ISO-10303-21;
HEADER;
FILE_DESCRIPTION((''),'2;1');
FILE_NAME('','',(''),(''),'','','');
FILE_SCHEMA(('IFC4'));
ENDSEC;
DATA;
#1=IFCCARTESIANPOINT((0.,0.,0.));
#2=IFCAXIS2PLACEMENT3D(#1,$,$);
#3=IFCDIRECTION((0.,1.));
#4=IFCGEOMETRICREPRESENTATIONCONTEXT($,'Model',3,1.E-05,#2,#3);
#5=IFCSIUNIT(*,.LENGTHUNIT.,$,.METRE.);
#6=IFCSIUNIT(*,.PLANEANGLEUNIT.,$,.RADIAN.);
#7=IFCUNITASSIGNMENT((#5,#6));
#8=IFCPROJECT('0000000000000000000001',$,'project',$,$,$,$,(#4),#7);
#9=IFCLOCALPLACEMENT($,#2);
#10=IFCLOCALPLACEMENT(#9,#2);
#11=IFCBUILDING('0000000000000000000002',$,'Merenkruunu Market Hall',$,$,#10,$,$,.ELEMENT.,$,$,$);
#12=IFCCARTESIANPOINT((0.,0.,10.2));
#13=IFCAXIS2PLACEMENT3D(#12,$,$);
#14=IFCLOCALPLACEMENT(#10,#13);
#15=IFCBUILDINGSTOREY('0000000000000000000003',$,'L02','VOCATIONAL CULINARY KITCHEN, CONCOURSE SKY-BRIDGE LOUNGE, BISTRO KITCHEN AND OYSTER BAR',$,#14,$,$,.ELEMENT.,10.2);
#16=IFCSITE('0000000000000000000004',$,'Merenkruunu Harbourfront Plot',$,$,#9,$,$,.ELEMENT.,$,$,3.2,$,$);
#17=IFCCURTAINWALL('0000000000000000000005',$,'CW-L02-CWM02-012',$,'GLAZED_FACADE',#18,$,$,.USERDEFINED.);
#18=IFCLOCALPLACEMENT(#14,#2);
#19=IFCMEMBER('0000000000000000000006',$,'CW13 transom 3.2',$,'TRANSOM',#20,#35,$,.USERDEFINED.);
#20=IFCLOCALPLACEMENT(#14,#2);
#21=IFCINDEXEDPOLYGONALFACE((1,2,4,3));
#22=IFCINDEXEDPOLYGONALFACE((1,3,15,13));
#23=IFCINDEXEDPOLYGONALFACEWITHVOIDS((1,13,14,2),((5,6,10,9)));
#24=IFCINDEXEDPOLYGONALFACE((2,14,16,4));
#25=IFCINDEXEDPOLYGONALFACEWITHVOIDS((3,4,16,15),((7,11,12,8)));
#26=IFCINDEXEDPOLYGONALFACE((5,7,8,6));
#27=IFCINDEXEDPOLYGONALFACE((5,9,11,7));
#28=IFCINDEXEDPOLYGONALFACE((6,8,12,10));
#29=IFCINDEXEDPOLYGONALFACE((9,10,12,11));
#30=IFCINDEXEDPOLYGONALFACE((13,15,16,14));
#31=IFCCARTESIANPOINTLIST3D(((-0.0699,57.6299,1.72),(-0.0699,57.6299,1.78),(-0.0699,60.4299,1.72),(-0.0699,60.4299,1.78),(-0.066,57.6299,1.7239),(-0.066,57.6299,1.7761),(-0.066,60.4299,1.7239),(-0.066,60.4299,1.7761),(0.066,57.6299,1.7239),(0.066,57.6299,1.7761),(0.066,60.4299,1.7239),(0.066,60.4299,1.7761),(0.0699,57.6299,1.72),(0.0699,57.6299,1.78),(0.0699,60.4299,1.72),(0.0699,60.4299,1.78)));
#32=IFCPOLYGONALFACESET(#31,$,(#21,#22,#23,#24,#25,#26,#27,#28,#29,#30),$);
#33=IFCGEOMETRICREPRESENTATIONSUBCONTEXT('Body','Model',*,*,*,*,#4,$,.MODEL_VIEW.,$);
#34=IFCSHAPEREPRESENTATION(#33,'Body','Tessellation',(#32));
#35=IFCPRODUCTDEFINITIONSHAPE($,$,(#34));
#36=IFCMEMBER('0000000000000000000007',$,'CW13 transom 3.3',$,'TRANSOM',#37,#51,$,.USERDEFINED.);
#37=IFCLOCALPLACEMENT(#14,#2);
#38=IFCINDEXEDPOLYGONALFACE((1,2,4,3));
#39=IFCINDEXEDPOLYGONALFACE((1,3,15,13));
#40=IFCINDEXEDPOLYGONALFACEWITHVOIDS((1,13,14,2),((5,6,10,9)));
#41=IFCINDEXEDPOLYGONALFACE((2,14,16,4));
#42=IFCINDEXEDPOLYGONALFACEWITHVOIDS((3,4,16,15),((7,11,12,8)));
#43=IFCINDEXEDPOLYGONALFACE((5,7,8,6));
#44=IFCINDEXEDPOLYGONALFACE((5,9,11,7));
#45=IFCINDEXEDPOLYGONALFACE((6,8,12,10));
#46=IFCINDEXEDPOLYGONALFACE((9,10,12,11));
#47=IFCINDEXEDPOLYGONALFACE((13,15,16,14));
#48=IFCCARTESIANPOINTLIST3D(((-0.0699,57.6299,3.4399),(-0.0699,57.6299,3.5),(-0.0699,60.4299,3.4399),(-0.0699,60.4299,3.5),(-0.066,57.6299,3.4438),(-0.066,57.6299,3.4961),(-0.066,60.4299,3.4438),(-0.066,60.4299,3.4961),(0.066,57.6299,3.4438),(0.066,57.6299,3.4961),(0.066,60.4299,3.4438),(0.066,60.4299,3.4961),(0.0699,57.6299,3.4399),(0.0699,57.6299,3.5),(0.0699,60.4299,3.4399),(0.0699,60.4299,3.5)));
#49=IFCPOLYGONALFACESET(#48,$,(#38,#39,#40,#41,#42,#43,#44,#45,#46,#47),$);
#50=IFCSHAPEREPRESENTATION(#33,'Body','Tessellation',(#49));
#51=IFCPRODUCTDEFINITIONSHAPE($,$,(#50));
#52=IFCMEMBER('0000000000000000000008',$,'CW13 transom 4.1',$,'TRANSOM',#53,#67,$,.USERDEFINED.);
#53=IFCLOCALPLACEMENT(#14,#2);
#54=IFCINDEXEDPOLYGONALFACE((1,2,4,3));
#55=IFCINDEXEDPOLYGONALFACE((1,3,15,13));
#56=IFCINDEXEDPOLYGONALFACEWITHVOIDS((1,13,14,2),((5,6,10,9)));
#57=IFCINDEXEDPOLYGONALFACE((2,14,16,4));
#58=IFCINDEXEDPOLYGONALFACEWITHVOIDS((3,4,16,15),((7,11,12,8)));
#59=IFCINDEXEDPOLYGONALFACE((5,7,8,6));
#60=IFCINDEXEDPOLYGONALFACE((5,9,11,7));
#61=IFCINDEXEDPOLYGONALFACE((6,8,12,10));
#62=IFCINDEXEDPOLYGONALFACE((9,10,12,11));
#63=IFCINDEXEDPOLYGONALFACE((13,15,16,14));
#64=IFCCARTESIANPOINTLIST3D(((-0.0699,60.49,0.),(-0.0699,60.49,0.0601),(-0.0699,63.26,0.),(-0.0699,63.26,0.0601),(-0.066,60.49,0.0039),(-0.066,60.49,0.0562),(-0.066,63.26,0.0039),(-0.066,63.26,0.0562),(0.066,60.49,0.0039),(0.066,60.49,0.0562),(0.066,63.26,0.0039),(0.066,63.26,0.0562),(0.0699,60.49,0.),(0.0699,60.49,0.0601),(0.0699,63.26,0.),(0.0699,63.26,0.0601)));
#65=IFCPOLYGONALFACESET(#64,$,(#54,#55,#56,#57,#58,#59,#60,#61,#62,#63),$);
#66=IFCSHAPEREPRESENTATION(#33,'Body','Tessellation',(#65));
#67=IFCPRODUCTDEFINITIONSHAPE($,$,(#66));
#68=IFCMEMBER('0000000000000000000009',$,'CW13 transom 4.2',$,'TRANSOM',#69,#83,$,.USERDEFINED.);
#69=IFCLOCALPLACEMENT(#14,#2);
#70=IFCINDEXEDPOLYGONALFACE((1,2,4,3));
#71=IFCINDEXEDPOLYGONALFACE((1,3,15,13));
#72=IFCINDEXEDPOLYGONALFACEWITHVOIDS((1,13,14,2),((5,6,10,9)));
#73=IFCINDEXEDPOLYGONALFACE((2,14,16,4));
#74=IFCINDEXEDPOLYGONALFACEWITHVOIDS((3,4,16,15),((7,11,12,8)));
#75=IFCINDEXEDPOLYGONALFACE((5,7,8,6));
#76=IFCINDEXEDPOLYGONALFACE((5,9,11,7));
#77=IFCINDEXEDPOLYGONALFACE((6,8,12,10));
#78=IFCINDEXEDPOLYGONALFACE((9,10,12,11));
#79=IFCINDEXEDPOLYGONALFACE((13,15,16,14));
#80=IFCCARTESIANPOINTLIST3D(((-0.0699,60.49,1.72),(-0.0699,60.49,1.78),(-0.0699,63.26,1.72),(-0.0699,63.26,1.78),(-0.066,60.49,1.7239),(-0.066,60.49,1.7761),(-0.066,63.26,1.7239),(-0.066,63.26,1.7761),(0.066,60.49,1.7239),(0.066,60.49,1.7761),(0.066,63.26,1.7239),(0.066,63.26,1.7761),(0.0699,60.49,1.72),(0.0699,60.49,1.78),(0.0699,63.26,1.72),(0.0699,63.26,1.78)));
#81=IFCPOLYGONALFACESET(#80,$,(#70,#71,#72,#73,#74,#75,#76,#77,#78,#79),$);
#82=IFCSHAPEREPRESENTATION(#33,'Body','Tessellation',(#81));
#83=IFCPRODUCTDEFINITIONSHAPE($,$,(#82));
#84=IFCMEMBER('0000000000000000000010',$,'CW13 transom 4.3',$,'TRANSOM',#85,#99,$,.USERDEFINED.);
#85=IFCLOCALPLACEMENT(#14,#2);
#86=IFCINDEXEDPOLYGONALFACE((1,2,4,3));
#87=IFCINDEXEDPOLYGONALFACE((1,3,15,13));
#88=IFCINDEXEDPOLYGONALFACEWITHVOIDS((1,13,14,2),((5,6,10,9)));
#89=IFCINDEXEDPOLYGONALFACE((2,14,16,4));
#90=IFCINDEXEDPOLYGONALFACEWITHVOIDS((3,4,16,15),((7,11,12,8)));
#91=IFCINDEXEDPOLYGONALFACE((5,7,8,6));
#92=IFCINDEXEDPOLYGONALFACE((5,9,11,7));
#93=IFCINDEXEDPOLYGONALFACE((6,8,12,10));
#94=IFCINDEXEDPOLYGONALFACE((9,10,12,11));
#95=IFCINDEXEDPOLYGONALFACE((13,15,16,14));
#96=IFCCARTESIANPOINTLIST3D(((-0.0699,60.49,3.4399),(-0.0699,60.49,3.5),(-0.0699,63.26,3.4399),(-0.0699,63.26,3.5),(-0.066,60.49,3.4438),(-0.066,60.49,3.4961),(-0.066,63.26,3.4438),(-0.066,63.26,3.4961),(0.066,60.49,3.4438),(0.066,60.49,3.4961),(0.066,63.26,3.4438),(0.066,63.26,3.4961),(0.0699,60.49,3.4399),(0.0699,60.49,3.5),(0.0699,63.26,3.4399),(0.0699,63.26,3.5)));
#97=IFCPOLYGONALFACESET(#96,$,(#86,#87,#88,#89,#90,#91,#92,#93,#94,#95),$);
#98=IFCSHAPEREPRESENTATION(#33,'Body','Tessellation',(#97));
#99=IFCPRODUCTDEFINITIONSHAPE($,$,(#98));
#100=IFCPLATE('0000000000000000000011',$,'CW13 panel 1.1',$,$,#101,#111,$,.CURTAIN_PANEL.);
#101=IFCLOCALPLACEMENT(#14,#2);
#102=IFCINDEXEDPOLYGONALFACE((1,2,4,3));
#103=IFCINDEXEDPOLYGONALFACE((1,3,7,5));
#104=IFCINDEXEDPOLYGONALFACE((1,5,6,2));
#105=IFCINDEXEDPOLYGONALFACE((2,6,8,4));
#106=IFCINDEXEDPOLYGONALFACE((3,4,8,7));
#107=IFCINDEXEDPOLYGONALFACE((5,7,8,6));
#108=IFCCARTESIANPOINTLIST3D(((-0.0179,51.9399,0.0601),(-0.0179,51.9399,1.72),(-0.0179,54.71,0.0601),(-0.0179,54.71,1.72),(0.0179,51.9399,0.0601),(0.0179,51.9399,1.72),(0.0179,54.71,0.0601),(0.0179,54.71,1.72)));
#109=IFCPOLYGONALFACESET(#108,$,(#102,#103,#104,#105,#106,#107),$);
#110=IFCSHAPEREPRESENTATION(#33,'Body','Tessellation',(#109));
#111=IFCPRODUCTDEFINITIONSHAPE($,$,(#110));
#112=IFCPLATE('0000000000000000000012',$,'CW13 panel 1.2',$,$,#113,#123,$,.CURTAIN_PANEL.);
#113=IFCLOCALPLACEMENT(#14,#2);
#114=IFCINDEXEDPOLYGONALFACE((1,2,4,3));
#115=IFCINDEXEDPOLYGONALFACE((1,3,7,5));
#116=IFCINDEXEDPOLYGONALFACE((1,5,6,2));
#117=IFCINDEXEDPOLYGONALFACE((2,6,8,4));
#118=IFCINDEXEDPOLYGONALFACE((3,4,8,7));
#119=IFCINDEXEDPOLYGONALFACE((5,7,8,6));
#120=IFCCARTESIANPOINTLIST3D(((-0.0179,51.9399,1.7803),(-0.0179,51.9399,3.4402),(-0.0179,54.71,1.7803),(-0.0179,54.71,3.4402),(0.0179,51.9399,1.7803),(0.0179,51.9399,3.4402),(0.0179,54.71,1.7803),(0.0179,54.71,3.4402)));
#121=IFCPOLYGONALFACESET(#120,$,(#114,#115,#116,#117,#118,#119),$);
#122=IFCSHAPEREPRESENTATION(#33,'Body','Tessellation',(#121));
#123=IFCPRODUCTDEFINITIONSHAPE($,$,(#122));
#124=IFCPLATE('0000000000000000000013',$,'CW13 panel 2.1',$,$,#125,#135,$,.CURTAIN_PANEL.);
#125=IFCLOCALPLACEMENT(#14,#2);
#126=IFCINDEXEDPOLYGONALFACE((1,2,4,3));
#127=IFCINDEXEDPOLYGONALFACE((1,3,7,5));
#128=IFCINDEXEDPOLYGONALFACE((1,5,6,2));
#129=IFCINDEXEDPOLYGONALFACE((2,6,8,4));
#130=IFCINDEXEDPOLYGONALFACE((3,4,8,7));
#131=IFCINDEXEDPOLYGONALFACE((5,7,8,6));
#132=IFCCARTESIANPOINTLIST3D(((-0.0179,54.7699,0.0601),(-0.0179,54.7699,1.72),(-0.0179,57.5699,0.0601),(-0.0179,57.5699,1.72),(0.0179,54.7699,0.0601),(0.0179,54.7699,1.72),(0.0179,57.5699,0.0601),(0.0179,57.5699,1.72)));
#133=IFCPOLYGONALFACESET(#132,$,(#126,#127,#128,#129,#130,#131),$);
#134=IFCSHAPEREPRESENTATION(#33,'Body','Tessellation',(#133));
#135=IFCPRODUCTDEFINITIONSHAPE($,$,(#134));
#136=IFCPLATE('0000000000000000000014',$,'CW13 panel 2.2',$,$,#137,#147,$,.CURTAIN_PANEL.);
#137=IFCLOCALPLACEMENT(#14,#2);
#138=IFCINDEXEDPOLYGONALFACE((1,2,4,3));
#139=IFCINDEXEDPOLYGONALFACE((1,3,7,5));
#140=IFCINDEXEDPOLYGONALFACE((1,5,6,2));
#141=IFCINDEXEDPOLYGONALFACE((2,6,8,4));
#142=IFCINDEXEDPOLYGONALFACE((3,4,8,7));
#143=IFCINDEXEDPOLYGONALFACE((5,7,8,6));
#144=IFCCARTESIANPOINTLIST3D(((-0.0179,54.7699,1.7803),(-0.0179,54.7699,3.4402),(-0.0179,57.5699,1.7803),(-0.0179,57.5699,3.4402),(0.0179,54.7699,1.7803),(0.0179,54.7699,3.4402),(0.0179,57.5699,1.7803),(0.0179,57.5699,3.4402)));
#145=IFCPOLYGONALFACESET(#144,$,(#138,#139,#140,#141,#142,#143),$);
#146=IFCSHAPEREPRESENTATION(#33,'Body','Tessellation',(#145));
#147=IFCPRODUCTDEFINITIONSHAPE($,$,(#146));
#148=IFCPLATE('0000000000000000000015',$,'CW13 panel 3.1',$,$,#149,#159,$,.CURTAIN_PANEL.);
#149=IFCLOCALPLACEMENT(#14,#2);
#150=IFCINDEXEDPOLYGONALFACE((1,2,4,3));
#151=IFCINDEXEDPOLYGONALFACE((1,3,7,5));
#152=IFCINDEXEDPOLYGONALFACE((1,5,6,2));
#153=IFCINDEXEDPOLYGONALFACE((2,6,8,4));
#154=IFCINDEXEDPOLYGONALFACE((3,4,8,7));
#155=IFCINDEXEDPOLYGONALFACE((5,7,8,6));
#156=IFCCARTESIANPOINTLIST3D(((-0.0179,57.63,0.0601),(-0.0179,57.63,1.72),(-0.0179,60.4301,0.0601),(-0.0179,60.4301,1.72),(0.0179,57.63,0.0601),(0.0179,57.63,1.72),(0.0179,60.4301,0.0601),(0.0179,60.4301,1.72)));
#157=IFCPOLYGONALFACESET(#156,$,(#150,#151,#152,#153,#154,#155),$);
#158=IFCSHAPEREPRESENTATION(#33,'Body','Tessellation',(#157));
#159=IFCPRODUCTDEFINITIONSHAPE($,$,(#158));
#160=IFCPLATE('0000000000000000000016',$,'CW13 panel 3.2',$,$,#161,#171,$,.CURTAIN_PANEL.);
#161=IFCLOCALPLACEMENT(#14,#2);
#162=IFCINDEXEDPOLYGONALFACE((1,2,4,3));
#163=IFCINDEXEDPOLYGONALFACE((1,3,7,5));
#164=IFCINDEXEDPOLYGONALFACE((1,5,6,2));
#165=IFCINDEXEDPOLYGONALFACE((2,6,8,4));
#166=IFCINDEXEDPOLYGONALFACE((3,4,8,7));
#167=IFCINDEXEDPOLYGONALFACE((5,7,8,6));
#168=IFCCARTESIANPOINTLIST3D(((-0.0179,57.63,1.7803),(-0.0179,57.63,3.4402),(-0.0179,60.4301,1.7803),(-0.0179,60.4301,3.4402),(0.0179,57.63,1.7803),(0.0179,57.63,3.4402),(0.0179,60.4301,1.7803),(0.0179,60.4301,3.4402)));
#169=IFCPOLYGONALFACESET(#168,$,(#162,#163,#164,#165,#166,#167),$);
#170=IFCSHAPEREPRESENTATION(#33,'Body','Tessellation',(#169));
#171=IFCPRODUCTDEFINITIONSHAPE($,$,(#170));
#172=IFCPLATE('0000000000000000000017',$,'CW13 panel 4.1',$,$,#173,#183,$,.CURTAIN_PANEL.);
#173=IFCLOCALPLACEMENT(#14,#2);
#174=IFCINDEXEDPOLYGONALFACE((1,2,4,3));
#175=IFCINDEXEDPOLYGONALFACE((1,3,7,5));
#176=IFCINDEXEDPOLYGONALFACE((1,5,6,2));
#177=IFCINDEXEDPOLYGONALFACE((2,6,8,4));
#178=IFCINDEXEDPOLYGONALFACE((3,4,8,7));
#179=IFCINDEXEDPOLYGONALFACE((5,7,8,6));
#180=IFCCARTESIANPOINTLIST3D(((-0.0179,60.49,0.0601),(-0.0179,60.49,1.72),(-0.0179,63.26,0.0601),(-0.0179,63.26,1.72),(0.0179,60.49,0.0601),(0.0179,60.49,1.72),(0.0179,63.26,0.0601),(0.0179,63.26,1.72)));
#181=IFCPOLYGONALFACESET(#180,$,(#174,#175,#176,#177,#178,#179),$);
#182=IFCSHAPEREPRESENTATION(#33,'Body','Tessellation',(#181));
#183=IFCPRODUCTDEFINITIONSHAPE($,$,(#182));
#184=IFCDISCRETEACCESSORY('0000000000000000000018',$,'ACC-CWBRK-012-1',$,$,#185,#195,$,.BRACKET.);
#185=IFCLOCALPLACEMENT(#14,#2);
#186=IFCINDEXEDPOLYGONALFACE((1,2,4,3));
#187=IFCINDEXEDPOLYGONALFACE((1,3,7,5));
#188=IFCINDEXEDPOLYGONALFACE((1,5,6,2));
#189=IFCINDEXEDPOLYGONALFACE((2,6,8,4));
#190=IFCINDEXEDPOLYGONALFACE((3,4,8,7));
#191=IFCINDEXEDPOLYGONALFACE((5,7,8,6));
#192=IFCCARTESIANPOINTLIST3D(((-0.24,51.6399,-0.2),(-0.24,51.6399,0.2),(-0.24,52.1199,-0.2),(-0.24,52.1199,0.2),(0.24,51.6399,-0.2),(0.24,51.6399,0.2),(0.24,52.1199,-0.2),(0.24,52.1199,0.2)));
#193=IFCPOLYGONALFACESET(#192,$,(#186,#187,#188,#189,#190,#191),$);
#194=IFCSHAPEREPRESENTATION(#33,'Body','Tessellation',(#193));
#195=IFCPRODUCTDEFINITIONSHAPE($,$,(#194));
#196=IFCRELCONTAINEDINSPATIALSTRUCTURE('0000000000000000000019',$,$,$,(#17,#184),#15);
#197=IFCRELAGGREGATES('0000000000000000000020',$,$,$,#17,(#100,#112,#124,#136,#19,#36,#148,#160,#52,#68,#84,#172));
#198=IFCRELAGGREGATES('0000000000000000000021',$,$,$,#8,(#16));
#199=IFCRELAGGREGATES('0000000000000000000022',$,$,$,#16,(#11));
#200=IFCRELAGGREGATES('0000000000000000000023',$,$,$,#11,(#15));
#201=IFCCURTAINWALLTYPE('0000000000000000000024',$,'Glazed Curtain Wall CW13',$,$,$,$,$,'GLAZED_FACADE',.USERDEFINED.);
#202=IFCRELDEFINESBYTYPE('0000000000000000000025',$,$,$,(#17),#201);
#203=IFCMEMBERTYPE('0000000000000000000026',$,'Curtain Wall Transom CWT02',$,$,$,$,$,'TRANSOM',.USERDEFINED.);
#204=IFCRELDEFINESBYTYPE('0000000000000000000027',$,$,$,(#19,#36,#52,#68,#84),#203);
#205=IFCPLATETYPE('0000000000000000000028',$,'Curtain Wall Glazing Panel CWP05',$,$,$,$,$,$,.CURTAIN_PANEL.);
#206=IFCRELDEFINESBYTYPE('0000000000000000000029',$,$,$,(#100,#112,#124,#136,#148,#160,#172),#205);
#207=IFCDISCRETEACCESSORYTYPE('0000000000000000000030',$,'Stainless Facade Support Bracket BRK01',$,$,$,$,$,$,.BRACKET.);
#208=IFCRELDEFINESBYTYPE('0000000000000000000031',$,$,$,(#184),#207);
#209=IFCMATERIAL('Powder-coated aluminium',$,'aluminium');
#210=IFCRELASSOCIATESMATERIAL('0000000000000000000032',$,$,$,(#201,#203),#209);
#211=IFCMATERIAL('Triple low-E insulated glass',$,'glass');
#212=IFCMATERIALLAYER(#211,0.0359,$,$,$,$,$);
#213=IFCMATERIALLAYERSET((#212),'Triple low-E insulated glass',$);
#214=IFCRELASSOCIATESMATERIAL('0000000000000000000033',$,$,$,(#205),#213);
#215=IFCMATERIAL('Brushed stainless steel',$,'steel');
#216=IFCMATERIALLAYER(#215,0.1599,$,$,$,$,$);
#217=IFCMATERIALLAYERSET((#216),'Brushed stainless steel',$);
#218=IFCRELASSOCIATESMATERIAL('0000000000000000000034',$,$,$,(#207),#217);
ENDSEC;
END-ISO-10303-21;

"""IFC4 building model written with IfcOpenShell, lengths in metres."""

from ifc_helpers import new_model, si_unit, direction, frame, origin, origin_2d, place, context, subcontext, project, spatial, rectangle, hollow_rectangle, extrude, material, layer, layer_set, material_profile, profile_set, type_object, element, aggregate, save


model = new_model("IFC4")

# Units and contexts
model_context = context("Model", 3, precision=1e-05, world=origin(), true_north=direction((0.0, 1.0)))
body_context = subcontext(model_context, "Body", "Model", "MODEL_VIEW")
ifc_project = project(units=[si_unit("LENGTHUNIT", "METRE"), si_unit("PLANEANGLEUNIT", "RADIAN")], contexts=[model_context])

# Site, building, storey
site_placement = place(None, origin())
site = spatial("IfcSite", under=ifc_project, at=site_placement, Name="Merenkruunu Harbourfront Plot", CompositionType="ELEMENT", RefElevation=3.2)
building_placement = place(site_placement, origin())
building = spatial("IfcBuilding", under=site, at=building_placement, Name="Merenkruunu Market Hall", CompositionType="ELEMENT")
storey_placement = place(building_placement, frame((0.0, 0.0, 10.2)))
storey = spatial("IfcBuildingStorey", under=building, at=storey_placement, Name="L02", Description="VOCATIONAL CULINARY KITCHEN, CONCOURSE SKY-BRIDGE LOUNGE, BISTRO KITCHEN AND OYSTER BAR", CompositionType="ELEMENT", Elevation=10.2)

# Curtain wall, members, plates
ifc_material_1 = material(Name="Powder-coated aluminium", Category="aluminium")
curtain_wall_type = type_object("IfcCurtainWallType", Name="Glazed Curtain Wall CW13", ElementType="GLAZED_FACADE", PredefinedType="USERDEFINED", material=ifc_material_1)
curtain_wall_placement = place(storey_placement, origin())
curtain_wall = element("IfcCurtainWall", 1, at=curtain_wall_placement, inside=storey, type_object=curtain_wall_type, Name="CW-L02-CWM02-012", ObjectType="GLAZED_FACADE", PredefinedType="USERDEFINED")
ifc_material_profile_1 = material_profile(ifc_material_1, hollow_rectangle(XDim=0.0601, YDim=0.1399, WallThickness=0.0039, at=origin_2d()), Name="ALU 60x140x4")
ifc_profile_set_1 = profile_set([ifc_material_profile_1], Name="Powder-coated aluminium")
member_type_1 = type_object("IfcMemberType", Name="Curtain Wall Transom CWT02", ElementType="TRANSOM", PredefinedType="USERDEFINED", material=ifc_profile_set_1)
member_1_placement = place(storey_placement, frame((0.0, 57.6299, 1.75), z_axis=(0.0, 1.0, 0.0), x_axis=(0.0, 0.0, 1.0)))
member_1 = element("IfcMember", 2, at=member_1_placement, type_object=member_type_1, Name="CW13 transom 3.2", ObjectType="TRANSOM", PredefinedType="USERDEFINED", context=body_context, shape_type="SweptSolid", body=[
    extrude(hollow_rectangle(XDim=0.0601, YDim=0.1399, WallThickness=0.0039, at=origin_2d()), origin(), (0.0, 0.0, 1.0), 2.8),
])
member_2_placement = place(storey_placement, frame((0.0, 57.6299, 3.47), z_axis=(0.0, 1.0, 0.0), x_axis=(0.0, 0.0, 1.0)))
member_2 = element("IfcMember", 3, at=member_2_placement, type_object=member_type_1, Name="CW13 transom 3.3", ObjectType="TRANSOM", PredefinedType="USERDEFINED", context=body_context, shape_type="SweptSolid", body=[
    extrude(hollow_rectangle(XDim=0.0601, YDim=0.1399, WallThickness=0.0039, at=origin_2d()), origin(), (0.0, 0.0, 1.0), 2.8),
])
member_3_placement = place(storey_placement, frame((0.0, 60.49, 0.03), z_axis=(0.0, 1.0, 0.0), x_axis=(0.0, 0.0, 1.0)))
member_3 = element("IfcMember", 4, at=member_3_placement, type_object=member_type_1, Name="CW13 transom 4.1", ObjectType="TRANSOM", PredefinedType="USERDEFINED", context=body_context, shape_type="SweptSolid", body=[
    extrude(hollow_rectangle(XDim=0.0601, YDim=0.1399, WallThickness=0.0039, at=origin_2d()), origin(), (0.0, 0.0, 1.0), 2.77),
])
member_4_placement = place(storey_placement, frame((0.0, 60.49, 1.75), z_axis=(0.0, 1.0, 0.0), x_axis=(0.0, 0.0, 1.0)))
member_4 = element("IfcMember", 5, at=member_4_placement, type_object=member_type_1, Name="CW13 transom 4.2", ObjectType="TRANSOM", PredefinedType="USERDEFINED", context=body_context, shape_type="SweptSolid", body=[
    extrude(hollow_rectangle(XDim=0.0601, YDim=0.1399, WallThickness=0.0039, at=origin_2d()), origin(), (0.0, 0.0, 1.0), 2.77),
])
member_5_placement = place(storey_placement, frame((0.0, 60.49, 3.47), z_axis=(0.0, 1.0, 0.0), x_axis=(0.0, 0.0, 1.0)))
member_5 = element("IfcMember", 6, at=member_5_placement, type_object=member_type_1, Name="CW13 transom 4.3", ObjectType="TRANSOM", PredefinedType="USERDEFINED", context=body_context, shape_type="SweptSolid", body=[
    extrude(hollow_rectangle(XDim=0.0601, YDim=0.1399, WallThickness=0.0039, at=origin_2d()), origin(), (0.0, 0.0, 1.0), 2.77),
])
ifc_material_2 = material(Name="Triple low-E insulated glass", Category="glass")
ifc_layer_1 = layer(ifc_material_2, 0.0359)
ifc_layer_set_1 = layer_set([ifc_layer_1], Name="Triple low-E insulated glass")
plate_type = type_object("IfcPlateType", Name="Curtain Wall Glazing Panel CWP05", PredefinedType="CURTAIN_PANEL", material=ifc_layer_set_1)
plate_1_placement = place(storey_placement, frame((0.0, 53.325, 0.0601), z_axis=(0.0, 0.0, 1.0), x_axis=(0.0, 1.0, 0.0)))
plate_1 = element("IfcPlate", 7, at=plate_1_placement, type_object=plate_type, Name="CW13 panel 1.1", PredefinedType="CURTAIN_PANEL", context=body_context, shape_type="SweptSolid", body=[
    extrude(rectangle(XDim=2.77, YDim=0.0359, at=origin_2d()), origin(), (0.0, 0.0, 1.0), 1.6599),
])
plate_2_placement = place(storey_placement, frame((0.0, 53.325, 1.7803), z_axis=(0.0, 0.0, 1.0), x_axis=(0.0, 1.0, 0.0)))
plate_2 = element("IfcPlate", 8, at=plate_2_placement, type_object=plate_type, Name="CW13 panel 1.2", PredefinedType="CURTAIN_PANEL", context=body_context, shape_type="SweptSolid", body=[
    extrude(rectangle(XDim=2.77, YDim=0.0359, at=origin_2d()), origin(), (0.0, 0.0, 1.0), 1.6599),
])
plate_3_placement = place(storey_placement, frame((0.0, 56.1699, 0.0601), z_axis=(0.0, 0.0, 1.0), x_axis=(0.0, 1.0, 0.0)))
plate_3 = element("IfcPlate", 9, at=plate_3_placement, type_object=plate_type, Name="CW13 panel 2.1", PredefinedType="CURTAIN_PANEL", context=body_context, shape_type="SweptSolid", body=[
    extrude(rectangle(XDim=2.8, YDim=0.0359, at=origin_2d()), origin(), (0.0, 0.0, 1.0), 1.6599),
])
plate_4_placement = place(storey_placement, frame((0.0, 56.1699, 1.7803), z_axis=(0.0, 0.0, 1.0), x_axis=(0.0, 1.0, 0.0)))
plate_4 = element("IfcPlate", 10, at=plate_4_placement, type_object=plate_type, Name="CW13 panel 2.2", PredefinedType="CURTAIN_PANEL", context=body_context, shape_type="SweptSolid", body=[
    extrude(rectangle(XDim=2.8, YDim=0.0359, at=origin_2d()), origin(), (0.0, 0.0, 1.0), 1.6599),
])
plate_5_placement = place(storey_placement, frame((0.0, 59.03, 0.0601), z_axis=(0.0, 0.0, 1.0), x_axis=(0.0, 1.0, 0.0)))
plate_5 = element("IfcPlate", 11, at=plate_5_placement, type_object=plate_type, Name="CW13 panel 3.1", PredefinedType="CURTAIN_PANEL", context=body_context, shape_type="SweptSolid", body=[
    extrude(rectangle(XDim=2.8, YDim=0.0359, at=origin_2d()), origin(), (0.0, 0.0, 1.0), 1.6599),
])
plate_6_placement = place(storey_placement, frame((0.0, 59.03, 1.7803), z_axis=(0.0, 0.0, 1.0), x_axis=(0.0, 1.0, 0.0)))
plate_6 = element("IfcPlate", 12, at=plate_6_placement, type_object=plate_type, Name="CW13 panel 3.2", PredefinedType="CURTAIN_PANEL", context=body_context, shape_type="SweptSolid", body=[
    extrude(rectangle(XDim=2.8, YDim=0.0359, at=origin_2d()), origin(), (0.0, 0.0, 1.0), 1.6599),
])
plate_7_placement = place(storey_placement, frame((0.0, 61.875, 0.0601), z_axis=(0.0, 0.0, 1.0), x_axis=(0.0, 1.0, 0.0)))
plate_7 = element("IfcPlate", 13, at=plate_7_placement, type_object=plate_type, Name="CW13 panel 4.1", PredefinedType="CURTAIN_PANEL", context=body_context, shape_type="SweptSolid", body=[
    extrude(rectangle(XDim=2.77, YDim=0.0359, at=origin_2d()), origin(), (0.0, 0.0, 1.0), 1.6599),
])
aggregate(curtain_wall, [plate_1, plate_2, plate_3, plate_4, member_1, member_2, plate_5, plate_6, member_3, member_4, member_5, plate_7])

# Discrete accessory
ifc_material_3 = material(Name="Brushed stainless steel", Category="steel")
ifc_layer_2 = layer(ifc_material_3, 0.1599)
ifc_layer_set_2 = layer_set([ifc_layer_2], Name="Brushed stainless steel")
discrete_accessory_type = type_object("IfcDiscreteAccessoryType", Name="Stainless Facade Support Bracket BRK01", PredefinedType="BRACKET", material=ifc_layer_set_2)
for number, where, z_axis, x_axis, name in (
    (14, (0.0, 51.8799, -0.2), (0.0, 0.0, 1.0), (1.0, 0.0, 0.0), "ACC-CWBRK-012-1"),
):
    element("IfcDiscreteAccessory", number, at=place(storey_placement, frame(where, z_axis=z_axis, x_axis=x_axis)), inside=storey, type_object=discrete_accessory_type, Name=name, PredefinedType="BRACKET", context=body_context, shape_type="SweptSolid", body=[
        extrude(rectangle(XDim=0.48, YDim=0.48, at=origin_2d()), origin(), (0.0, 0.0, 1.0), 0.3999),
    ])

save(model, "model.ifc")
